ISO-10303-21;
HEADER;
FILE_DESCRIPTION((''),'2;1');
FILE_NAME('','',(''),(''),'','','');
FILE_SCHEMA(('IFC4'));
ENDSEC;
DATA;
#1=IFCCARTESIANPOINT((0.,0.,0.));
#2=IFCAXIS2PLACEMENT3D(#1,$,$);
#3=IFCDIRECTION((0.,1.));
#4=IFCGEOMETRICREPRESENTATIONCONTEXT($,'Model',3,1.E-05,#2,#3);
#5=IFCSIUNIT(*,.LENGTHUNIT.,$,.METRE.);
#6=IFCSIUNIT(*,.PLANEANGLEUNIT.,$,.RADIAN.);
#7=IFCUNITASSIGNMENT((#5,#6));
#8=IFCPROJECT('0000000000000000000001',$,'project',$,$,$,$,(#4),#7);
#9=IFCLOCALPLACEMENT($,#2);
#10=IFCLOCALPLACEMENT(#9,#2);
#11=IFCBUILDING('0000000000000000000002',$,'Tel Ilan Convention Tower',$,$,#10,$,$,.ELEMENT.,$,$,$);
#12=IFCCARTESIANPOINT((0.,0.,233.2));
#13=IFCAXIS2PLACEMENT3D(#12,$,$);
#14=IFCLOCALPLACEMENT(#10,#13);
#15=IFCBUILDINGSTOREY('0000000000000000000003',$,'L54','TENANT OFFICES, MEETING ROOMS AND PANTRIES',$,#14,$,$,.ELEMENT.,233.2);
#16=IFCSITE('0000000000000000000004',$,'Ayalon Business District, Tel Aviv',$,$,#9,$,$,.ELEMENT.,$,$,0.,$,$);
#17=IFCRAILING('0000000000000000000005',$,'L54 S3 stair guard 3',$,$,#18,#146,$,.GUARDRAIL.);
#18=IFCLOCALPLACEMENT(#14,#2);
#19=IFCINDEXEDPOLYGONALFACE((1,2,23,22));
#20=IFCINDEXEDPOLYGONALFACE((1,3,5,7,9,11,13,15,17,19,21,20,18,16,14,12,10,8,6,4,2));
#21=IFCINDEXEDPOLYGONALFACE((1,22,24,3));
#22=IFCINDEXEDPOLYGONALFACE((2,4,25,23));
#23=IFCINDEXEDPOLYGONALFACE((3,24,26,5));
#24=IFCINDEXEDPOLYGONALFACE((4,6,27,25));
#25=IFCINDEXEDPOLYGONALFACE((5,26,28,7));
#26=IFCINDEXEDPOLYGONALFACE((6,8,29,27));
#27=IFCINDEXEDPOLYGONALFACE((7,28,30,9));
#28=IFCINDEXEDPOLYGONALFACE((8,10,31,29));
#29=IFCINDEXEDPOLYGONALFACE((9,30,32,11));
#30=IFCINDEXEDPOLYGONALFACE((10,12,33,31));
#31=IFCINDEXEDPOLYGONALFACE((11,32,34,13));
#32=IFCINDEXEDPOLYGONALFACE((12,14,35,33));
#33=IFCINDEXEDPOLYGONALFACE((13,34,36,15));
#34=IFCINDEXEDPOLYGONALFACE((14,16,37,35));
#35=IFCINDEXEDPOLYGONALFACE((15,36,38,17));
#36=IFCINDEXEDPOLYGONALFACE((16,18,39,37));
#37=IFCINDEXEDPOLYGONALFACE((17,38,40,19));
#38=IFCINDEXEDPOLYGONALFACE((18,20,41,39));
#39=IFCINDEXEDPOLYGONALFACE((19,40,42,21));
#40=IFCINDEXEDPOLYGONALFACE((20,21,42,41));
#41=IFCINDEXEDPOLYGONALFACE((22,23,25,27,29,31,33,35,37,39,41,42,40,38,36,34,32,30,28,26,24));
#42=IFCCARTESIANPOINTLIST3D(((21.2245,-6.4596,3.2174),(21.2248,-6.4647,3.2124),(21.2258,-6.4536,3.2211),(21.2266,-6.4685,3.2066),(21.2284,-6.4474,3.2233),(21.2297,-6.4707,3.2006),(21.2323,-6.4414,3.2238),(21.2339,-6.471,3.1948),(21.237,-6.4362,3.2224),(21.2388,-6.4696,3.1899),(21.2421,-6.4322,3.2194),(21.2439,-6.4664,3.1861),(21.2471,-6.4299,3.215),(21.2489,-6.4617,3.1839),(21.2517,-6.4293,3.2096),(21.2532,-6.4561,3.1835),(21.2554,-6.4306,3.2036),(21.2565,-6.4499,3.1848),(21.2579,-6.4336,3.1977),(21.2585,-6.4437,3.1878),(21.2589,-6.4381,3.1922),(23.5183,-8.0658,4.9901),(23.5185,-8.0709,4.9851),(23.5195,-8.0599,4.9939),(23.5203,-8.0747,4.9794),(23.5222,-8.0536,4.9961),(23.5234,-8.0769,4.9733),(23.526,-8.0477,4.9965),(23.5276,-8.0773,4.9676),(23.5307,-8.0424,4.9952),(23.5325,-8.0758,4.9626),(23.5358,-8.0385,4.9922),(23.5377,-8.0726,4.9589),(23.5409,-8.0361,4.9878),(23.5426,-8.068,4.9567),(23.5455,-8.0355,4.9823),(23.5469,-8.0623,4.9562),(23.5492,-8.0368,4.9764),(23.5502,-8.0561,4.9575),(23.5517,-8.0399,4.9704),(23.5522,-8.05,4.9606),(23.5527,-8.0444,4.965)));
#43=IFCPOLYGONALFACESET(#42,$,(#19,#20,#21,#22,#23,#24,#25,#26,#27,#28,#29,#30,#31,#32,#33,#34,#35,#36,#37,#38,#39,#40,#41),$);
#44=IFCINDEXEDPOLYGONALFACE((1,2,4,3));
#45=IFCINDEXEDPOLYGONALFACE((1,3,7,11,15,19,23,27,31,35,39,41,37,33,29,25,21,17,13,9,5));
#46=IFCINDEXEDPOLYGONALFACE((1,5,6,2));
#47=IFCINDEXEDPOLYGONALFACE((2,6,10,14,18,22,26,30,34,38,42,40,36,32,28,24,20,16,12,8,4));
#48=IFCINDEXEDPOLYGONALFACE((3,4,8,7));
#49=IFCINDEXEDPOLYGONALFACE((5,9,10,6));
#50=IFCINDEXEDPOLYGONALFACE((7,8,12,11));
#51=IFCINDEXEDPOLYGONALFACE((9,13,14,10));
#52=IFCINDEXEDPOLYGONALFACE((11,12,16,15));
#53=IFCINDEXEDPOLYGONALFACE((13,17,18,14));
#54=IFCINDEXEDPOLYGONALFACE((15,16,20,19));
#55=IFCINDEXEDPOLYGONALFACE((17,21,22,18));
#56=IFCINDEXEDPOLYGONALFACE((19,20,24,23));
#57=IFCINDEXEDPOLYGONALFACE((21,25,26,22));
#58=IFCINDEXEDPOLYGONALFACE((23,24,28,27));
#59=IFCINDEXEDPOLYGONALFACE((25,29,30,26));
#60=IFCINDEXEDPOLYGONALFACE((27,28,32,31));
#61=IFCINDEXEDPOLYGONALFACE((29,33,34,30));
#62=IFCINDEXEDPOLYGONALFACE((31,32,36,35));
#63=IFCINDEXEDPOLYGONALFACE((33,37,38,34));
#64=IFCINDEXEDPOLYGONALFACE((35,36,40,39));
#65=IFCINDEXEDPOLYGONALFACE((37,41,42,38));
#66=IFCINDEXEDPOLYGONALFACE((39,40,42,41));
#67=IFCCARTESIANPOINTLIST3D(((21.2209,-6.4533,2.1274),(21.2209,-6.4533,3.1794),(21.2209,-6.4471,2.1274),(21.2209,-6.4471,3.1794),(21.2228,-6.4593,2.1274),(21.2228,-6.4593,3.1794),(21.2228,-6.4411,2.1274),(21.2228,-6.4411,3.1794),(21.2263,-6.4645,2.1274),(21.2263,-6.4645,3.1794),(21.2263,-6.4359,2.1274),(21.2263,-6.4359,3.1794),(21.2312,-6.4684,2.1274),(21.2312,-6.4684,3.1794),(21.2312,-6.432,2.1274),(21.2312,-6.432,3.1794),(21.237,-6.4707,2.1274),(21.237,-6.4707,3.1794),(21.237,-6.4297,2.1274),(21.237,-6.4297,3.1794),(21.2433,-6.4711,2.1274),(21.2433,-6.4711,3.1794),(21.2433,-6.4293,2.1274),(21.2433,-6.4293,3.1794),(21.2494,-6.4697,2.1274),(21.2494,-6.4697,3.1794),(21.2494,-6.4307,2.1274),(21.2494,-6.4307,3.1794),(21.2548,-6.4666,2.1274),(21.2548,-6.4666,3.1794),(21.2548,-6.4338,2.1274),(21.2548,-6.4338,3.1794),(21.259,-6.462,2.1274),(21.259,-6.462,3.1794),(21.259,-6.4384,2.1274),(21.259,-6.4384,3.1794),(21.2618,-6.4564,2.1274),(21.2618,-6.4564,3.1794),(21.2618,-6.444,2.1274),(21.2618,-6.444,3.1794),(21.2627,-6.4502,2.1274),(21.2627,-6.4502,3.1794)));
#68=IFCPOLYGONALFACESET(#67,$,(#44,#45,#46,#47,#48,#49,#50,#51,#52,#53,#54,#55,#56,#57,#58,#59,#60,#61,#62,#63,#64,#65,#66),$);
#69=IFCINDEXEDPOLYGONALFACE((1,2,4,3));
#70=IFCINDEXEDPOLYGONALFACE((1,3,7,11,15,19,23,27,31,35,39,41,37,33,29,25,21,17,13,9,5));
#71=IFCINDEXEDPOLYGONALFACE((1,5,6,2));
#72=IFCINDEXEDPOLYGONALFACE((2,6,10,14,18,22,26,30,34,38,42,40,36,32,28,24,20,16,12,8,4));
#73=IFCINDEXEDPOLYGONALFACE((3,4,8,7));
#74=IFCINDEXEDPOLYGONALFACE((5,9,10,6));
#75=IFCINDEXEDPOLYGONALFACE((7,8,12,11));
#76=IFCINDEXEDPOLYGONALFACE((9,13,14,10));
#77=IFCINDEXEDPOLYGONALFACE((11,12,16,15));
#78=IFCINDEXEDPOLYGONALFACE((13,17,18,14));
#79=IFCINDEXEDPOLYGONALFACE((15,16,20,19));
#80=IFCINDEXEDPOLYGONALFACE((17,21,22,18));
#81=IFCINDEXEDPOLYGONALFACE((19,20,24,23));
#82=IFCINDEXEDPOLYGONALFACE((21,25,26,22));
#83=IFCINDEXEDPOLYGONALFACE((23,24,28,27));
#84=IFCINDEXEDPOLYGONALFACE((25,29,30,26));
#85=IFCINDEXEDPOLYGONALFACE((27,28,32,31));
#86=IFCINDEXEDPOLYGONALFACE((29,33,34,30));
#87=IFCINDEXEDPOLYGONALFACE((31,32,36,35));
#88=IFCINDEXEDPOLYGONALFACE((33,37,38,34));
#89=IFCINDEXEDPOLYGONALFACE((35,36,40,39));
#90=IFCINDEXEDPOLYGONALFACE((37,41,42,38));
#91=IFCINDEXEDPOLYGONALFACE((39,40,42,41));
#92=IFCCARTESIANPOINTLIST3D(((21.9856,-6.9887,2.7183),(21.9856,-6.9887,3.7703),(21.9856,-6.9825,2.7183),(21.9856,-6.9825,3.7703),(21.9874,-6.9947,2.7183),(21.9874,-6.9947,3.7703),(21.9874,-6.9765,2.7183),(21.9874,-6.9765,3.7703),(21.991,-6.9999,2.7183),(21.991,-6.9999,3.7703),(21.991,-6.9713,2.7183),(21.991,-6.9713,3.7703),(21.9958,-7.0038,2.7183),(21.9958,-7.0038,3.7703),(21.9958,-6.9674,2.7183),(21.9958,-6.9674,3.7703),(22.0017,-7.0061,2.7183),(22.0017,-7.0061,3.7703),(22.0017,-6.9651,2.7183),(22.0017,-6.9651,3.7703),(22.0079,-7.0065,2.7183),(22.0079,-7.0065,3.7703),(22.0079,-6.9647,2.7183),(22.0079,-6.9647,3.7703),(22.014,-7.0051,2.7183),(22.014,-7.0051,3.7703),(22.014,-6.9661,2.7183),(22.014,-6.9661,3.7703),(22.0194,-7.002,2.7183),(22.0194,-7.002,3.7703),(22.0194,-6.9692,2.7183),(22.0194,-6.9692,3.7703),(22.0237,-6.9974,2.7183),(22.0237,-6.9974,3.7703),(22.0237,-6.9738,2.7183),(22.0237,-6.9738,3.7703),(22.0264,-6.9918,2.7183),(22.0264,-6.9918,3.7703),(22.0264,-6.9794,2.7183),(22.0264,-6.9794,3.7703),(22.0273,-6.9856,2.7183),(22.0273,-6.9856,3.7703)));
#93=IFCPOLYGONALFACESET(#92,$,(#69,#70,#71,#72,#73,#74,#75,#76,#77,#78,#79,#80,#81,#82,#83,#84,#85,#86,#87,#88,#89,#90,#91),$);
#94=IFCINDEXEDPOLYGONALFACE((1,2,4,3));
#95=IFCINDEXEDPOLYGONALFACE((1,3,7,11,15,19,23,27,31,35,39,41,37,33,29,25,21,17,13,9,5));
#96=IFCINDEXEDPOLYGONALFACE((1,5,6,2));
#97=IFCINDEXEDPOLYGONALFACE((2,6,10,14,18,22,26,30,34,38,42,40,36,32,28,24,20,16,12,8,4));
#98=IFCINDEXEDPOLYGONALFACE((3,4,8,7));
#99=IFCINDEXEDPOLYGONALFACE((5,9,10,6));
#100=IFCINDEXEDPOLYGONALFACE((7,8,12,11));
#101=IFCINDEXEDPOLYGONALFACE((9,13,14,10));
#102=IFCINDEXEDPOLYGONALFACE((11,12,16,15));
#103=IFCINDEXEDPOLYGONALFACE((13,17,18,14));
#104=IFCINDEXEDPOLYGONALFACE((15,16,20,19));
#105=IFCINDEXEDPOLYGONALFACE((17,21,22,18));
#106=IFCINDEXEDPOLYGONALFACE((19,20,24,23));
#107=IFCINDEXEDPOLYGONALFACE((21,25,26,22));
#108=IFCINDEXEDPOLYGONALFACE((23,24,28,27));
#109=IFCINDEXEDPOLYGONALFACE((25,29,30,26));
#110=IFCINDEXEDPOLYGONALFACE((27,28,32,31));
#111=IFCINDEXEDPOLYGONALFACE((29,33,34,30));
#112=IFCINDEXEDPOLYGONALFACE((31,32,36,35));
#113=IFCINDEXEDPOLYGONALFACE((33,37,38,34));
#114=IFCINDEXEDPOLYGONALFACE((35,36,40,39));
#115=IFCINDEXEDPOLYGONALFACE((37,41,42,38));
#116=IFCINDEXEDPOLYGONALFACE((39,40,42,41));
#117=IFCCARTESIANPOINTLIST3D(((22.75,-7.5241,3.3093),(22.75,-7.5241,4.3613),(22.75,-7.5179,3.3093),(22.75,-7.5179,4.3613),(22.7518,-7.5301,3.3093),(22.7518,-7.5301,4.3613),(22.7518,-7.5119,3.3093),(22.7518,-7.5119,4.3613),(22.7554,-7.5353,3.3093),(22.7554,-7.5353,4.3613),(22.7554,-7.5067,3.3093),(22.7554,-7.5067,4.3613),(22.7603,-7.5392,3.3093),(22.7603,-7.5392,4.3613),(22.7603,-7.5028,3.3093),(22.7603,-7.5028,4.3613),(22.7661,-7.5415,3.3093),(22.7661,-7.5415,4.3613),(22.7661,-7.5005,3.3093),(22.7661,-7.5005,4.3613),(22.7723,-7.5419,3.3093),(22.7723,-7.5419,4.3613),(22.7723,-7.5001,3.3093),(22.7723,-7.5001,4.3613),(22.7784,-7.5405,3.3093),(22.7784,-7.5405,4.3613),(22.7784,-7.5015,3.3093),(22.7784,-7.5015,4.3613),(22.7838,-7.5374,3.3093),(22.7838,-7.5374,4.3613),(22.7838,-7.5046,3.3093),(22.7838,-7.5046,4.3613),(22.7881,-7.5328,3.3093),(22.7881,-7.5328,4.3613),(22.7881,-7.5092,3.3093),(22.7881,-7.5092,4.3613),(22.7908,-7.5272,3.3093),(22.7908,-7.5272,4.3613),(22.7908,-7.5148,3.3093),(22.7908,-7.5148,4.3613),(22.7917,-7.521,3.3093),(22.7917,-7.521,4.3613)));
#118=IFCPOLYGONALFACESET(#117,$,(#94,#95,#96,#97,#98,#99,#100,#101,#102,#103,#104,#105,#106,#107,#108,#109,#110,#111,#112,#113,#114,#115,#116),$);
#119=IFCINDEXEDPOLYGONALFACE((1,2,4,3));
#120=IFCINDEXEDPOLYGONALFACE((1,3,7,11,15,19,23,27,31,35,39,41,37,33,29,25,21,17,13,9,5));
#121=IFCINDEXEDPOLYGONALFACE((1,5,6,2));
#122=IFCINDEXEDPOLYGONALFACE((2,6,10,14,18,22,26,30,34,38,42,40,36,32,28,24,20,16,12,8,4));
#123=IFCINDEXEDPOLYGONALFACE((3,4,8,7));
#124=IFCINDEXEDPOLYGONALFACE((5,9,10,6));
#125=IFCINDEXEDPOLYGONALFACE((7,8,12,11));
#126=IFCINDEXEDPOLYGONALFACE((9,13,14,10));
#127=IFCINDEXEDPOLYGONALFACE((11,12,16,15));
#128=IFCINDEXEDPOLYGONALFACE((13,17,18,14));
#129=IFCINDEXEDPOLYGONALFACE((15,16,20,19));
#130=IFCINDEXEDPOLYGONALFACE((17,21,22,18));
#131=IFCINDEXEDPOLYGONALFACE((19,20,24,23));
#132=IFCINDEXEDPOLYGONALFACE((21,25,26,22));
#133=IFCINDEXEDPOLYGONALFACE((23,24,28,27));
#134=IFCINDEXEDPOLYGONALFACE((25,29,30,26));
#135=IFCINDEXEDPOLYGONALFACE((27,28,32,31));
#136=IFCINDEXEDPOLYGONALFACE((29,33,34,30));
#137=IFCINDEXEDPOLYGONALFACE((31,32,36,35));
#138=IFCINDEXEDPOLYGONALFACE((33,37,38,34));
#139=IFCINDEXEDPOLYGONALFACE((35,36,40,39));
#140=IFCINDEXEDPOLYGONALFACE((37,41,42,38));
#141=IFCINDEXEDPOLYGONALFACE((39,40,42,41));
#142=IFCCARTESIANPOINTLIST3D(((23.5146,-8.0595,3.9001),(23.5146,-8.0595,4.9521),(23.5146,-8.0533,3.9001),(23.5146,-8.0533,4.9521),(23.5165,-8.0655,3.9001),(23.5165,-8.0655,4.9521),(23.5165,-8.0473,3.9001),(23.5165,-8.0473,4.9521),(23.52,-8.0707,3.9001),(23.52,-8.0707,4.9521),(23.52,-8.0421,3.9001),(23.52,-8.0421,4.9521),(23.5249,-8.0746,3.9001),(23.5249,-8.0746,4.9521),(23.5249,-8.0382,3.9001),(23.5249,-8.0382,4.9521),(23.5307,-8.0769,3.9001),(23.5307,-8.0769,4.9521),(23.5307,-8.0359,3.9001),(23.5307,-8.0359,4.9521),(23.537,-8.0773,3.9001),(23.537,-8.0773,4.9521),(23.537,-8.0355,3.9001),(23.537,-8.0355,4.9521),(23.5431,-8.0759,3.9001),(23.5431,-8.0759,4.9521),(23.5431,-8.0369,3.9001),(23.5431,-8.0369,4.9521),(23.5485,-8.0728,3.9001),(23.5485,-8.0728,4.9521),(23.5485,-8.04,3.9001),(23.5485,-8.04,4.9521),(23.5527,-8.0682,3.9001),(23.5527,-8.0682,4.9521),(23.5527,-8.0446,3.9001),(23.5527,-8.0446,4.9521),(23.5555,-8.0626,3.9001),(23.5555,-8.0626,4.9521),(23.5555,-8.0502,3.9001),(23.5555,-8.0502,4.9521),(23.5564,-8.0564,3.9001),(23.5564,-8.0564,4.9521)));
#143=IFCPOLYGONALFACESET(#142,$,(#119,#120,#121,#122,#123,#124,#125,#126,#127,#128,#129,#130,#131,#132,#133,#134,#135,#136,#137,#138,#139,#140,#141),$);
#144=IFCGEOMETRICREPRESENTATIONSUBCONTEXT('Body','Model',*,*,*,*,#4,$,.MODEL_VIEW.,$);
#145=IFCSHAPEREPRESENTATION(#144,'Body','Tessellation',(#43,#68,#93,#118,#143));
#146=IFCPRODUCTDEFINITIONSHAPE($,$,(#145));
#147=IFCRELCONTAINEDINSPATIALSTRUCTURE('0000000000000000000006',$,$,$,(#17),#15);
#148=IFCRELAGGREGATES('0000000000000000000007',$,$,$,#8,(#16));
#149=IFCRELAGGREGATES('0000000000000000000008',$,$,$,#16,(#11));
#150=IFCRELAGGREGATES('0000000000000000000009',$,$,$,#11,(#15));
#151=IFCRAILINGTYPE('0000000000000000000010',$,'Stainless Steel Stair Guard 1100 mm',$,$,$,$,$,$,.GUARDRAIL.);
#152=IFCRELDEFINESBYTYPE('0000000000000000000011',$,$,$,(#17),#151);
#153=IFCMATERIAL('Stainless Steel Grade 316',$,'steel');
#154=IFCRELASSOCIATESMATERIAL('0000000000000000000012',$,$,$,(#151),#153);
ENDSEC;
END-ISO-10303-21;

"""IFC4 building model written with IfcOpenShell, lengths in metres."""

from ifc_helpers import new_model, si_unit, direction, frame, origin, origin_2d, place, context, subcontext, project, spatial, circle, extrude, material, type_object, element, save


model = new_model("IFC4")

# Units and contexts
model_context = context("Model", 3, precision=1e-05, world=origin(), true_north=direction((0.0, 1.0)))
body_context = subcontext(model_context, "Body", "Model", "MODEL_VIEW")
ifc_project = project(units=[si_unit("LENGTHUNIT", "METRE"), si_unit("PLANEANGLEUNIT", "RADIAN")], contexts=[model_context])

# Site, building, storey
site_placement = place(None, origin())
site = spatial("IfcSite", under=ifc_project, at=site_placement, Name="Ayalon Business District, Tel Aviv", CompositionType="ELEMENT", RefElevation=0.0)
building_placement = place(site_placement, origin())
building = spatial("IfcBuilding", under=site, at=building_placement, Name="Tel Ilan Convention Tower", CompositionType="ELEMENT")
storey_placement = place(building_placement, frame((0.0, 0.0, 233.2)))
storey = spatial("IfcBuildingStorey", under=building, at=storey_placement, Name="L54", Description="TENANT OFFICES, MEETING ROOMS AND PANTRIES", CompositionType="ELEMENT", Elevation=233.2)

# Railing
ifc_material_1 = material(Name="Stainless Steel Grade 316", Category="steel")
railing_type_1 = type_object("IfcRailingType", Name="Stainless Steel Stair Guard 1100 mm", PredefinedType="GUARDRAIL", material=ifc_material_1)
railing_1_placement = place(storey_placement, frame((21.2417, -6.4502, 2.1274)))
element("IfcRailing", 1, at=railing_1_placement, inside=storey, type_object=railing_type_1, Name="L54 S3 stair guard 3", PredefinedType="GUARDRAIL", context=body_context, shape_type="SweptSolid", body=[
    extrude(circle(Radius=0.0239, at=origin_2d()), frame((0.0, 0.0, 1.0762), z_axis=(0.692098, -0.484653, 0.534894), x_axis=(0.573609, 0.81913, 0.0)), (0.0, 0.0, 1.0), 3.3142),
    extrude(circle(Radius=0.021, at=origin_2d()), origin(), (0.0, 0.0, 1.0), 1.052),
    extrude(circle(Radius=0.021, at=origin_2d()), frame((0.7646, -0.5354, 0.5908)), (0.0, 0.0, 1.0), 1.052),
    extrude(circle(Radius=0.021, at=origin_2d()), frame((1.5291, -1.0708, 1.1819)), (0.0, 0.0, 1.0), 1.052),
    extrude(circle(Radius=0.021, at=origin_2d()), frame((2.2937, -1.6062, 1.7727)), (0.0, 0.0, 1.0), 1.052),
])

save(model, "model.ifc")
